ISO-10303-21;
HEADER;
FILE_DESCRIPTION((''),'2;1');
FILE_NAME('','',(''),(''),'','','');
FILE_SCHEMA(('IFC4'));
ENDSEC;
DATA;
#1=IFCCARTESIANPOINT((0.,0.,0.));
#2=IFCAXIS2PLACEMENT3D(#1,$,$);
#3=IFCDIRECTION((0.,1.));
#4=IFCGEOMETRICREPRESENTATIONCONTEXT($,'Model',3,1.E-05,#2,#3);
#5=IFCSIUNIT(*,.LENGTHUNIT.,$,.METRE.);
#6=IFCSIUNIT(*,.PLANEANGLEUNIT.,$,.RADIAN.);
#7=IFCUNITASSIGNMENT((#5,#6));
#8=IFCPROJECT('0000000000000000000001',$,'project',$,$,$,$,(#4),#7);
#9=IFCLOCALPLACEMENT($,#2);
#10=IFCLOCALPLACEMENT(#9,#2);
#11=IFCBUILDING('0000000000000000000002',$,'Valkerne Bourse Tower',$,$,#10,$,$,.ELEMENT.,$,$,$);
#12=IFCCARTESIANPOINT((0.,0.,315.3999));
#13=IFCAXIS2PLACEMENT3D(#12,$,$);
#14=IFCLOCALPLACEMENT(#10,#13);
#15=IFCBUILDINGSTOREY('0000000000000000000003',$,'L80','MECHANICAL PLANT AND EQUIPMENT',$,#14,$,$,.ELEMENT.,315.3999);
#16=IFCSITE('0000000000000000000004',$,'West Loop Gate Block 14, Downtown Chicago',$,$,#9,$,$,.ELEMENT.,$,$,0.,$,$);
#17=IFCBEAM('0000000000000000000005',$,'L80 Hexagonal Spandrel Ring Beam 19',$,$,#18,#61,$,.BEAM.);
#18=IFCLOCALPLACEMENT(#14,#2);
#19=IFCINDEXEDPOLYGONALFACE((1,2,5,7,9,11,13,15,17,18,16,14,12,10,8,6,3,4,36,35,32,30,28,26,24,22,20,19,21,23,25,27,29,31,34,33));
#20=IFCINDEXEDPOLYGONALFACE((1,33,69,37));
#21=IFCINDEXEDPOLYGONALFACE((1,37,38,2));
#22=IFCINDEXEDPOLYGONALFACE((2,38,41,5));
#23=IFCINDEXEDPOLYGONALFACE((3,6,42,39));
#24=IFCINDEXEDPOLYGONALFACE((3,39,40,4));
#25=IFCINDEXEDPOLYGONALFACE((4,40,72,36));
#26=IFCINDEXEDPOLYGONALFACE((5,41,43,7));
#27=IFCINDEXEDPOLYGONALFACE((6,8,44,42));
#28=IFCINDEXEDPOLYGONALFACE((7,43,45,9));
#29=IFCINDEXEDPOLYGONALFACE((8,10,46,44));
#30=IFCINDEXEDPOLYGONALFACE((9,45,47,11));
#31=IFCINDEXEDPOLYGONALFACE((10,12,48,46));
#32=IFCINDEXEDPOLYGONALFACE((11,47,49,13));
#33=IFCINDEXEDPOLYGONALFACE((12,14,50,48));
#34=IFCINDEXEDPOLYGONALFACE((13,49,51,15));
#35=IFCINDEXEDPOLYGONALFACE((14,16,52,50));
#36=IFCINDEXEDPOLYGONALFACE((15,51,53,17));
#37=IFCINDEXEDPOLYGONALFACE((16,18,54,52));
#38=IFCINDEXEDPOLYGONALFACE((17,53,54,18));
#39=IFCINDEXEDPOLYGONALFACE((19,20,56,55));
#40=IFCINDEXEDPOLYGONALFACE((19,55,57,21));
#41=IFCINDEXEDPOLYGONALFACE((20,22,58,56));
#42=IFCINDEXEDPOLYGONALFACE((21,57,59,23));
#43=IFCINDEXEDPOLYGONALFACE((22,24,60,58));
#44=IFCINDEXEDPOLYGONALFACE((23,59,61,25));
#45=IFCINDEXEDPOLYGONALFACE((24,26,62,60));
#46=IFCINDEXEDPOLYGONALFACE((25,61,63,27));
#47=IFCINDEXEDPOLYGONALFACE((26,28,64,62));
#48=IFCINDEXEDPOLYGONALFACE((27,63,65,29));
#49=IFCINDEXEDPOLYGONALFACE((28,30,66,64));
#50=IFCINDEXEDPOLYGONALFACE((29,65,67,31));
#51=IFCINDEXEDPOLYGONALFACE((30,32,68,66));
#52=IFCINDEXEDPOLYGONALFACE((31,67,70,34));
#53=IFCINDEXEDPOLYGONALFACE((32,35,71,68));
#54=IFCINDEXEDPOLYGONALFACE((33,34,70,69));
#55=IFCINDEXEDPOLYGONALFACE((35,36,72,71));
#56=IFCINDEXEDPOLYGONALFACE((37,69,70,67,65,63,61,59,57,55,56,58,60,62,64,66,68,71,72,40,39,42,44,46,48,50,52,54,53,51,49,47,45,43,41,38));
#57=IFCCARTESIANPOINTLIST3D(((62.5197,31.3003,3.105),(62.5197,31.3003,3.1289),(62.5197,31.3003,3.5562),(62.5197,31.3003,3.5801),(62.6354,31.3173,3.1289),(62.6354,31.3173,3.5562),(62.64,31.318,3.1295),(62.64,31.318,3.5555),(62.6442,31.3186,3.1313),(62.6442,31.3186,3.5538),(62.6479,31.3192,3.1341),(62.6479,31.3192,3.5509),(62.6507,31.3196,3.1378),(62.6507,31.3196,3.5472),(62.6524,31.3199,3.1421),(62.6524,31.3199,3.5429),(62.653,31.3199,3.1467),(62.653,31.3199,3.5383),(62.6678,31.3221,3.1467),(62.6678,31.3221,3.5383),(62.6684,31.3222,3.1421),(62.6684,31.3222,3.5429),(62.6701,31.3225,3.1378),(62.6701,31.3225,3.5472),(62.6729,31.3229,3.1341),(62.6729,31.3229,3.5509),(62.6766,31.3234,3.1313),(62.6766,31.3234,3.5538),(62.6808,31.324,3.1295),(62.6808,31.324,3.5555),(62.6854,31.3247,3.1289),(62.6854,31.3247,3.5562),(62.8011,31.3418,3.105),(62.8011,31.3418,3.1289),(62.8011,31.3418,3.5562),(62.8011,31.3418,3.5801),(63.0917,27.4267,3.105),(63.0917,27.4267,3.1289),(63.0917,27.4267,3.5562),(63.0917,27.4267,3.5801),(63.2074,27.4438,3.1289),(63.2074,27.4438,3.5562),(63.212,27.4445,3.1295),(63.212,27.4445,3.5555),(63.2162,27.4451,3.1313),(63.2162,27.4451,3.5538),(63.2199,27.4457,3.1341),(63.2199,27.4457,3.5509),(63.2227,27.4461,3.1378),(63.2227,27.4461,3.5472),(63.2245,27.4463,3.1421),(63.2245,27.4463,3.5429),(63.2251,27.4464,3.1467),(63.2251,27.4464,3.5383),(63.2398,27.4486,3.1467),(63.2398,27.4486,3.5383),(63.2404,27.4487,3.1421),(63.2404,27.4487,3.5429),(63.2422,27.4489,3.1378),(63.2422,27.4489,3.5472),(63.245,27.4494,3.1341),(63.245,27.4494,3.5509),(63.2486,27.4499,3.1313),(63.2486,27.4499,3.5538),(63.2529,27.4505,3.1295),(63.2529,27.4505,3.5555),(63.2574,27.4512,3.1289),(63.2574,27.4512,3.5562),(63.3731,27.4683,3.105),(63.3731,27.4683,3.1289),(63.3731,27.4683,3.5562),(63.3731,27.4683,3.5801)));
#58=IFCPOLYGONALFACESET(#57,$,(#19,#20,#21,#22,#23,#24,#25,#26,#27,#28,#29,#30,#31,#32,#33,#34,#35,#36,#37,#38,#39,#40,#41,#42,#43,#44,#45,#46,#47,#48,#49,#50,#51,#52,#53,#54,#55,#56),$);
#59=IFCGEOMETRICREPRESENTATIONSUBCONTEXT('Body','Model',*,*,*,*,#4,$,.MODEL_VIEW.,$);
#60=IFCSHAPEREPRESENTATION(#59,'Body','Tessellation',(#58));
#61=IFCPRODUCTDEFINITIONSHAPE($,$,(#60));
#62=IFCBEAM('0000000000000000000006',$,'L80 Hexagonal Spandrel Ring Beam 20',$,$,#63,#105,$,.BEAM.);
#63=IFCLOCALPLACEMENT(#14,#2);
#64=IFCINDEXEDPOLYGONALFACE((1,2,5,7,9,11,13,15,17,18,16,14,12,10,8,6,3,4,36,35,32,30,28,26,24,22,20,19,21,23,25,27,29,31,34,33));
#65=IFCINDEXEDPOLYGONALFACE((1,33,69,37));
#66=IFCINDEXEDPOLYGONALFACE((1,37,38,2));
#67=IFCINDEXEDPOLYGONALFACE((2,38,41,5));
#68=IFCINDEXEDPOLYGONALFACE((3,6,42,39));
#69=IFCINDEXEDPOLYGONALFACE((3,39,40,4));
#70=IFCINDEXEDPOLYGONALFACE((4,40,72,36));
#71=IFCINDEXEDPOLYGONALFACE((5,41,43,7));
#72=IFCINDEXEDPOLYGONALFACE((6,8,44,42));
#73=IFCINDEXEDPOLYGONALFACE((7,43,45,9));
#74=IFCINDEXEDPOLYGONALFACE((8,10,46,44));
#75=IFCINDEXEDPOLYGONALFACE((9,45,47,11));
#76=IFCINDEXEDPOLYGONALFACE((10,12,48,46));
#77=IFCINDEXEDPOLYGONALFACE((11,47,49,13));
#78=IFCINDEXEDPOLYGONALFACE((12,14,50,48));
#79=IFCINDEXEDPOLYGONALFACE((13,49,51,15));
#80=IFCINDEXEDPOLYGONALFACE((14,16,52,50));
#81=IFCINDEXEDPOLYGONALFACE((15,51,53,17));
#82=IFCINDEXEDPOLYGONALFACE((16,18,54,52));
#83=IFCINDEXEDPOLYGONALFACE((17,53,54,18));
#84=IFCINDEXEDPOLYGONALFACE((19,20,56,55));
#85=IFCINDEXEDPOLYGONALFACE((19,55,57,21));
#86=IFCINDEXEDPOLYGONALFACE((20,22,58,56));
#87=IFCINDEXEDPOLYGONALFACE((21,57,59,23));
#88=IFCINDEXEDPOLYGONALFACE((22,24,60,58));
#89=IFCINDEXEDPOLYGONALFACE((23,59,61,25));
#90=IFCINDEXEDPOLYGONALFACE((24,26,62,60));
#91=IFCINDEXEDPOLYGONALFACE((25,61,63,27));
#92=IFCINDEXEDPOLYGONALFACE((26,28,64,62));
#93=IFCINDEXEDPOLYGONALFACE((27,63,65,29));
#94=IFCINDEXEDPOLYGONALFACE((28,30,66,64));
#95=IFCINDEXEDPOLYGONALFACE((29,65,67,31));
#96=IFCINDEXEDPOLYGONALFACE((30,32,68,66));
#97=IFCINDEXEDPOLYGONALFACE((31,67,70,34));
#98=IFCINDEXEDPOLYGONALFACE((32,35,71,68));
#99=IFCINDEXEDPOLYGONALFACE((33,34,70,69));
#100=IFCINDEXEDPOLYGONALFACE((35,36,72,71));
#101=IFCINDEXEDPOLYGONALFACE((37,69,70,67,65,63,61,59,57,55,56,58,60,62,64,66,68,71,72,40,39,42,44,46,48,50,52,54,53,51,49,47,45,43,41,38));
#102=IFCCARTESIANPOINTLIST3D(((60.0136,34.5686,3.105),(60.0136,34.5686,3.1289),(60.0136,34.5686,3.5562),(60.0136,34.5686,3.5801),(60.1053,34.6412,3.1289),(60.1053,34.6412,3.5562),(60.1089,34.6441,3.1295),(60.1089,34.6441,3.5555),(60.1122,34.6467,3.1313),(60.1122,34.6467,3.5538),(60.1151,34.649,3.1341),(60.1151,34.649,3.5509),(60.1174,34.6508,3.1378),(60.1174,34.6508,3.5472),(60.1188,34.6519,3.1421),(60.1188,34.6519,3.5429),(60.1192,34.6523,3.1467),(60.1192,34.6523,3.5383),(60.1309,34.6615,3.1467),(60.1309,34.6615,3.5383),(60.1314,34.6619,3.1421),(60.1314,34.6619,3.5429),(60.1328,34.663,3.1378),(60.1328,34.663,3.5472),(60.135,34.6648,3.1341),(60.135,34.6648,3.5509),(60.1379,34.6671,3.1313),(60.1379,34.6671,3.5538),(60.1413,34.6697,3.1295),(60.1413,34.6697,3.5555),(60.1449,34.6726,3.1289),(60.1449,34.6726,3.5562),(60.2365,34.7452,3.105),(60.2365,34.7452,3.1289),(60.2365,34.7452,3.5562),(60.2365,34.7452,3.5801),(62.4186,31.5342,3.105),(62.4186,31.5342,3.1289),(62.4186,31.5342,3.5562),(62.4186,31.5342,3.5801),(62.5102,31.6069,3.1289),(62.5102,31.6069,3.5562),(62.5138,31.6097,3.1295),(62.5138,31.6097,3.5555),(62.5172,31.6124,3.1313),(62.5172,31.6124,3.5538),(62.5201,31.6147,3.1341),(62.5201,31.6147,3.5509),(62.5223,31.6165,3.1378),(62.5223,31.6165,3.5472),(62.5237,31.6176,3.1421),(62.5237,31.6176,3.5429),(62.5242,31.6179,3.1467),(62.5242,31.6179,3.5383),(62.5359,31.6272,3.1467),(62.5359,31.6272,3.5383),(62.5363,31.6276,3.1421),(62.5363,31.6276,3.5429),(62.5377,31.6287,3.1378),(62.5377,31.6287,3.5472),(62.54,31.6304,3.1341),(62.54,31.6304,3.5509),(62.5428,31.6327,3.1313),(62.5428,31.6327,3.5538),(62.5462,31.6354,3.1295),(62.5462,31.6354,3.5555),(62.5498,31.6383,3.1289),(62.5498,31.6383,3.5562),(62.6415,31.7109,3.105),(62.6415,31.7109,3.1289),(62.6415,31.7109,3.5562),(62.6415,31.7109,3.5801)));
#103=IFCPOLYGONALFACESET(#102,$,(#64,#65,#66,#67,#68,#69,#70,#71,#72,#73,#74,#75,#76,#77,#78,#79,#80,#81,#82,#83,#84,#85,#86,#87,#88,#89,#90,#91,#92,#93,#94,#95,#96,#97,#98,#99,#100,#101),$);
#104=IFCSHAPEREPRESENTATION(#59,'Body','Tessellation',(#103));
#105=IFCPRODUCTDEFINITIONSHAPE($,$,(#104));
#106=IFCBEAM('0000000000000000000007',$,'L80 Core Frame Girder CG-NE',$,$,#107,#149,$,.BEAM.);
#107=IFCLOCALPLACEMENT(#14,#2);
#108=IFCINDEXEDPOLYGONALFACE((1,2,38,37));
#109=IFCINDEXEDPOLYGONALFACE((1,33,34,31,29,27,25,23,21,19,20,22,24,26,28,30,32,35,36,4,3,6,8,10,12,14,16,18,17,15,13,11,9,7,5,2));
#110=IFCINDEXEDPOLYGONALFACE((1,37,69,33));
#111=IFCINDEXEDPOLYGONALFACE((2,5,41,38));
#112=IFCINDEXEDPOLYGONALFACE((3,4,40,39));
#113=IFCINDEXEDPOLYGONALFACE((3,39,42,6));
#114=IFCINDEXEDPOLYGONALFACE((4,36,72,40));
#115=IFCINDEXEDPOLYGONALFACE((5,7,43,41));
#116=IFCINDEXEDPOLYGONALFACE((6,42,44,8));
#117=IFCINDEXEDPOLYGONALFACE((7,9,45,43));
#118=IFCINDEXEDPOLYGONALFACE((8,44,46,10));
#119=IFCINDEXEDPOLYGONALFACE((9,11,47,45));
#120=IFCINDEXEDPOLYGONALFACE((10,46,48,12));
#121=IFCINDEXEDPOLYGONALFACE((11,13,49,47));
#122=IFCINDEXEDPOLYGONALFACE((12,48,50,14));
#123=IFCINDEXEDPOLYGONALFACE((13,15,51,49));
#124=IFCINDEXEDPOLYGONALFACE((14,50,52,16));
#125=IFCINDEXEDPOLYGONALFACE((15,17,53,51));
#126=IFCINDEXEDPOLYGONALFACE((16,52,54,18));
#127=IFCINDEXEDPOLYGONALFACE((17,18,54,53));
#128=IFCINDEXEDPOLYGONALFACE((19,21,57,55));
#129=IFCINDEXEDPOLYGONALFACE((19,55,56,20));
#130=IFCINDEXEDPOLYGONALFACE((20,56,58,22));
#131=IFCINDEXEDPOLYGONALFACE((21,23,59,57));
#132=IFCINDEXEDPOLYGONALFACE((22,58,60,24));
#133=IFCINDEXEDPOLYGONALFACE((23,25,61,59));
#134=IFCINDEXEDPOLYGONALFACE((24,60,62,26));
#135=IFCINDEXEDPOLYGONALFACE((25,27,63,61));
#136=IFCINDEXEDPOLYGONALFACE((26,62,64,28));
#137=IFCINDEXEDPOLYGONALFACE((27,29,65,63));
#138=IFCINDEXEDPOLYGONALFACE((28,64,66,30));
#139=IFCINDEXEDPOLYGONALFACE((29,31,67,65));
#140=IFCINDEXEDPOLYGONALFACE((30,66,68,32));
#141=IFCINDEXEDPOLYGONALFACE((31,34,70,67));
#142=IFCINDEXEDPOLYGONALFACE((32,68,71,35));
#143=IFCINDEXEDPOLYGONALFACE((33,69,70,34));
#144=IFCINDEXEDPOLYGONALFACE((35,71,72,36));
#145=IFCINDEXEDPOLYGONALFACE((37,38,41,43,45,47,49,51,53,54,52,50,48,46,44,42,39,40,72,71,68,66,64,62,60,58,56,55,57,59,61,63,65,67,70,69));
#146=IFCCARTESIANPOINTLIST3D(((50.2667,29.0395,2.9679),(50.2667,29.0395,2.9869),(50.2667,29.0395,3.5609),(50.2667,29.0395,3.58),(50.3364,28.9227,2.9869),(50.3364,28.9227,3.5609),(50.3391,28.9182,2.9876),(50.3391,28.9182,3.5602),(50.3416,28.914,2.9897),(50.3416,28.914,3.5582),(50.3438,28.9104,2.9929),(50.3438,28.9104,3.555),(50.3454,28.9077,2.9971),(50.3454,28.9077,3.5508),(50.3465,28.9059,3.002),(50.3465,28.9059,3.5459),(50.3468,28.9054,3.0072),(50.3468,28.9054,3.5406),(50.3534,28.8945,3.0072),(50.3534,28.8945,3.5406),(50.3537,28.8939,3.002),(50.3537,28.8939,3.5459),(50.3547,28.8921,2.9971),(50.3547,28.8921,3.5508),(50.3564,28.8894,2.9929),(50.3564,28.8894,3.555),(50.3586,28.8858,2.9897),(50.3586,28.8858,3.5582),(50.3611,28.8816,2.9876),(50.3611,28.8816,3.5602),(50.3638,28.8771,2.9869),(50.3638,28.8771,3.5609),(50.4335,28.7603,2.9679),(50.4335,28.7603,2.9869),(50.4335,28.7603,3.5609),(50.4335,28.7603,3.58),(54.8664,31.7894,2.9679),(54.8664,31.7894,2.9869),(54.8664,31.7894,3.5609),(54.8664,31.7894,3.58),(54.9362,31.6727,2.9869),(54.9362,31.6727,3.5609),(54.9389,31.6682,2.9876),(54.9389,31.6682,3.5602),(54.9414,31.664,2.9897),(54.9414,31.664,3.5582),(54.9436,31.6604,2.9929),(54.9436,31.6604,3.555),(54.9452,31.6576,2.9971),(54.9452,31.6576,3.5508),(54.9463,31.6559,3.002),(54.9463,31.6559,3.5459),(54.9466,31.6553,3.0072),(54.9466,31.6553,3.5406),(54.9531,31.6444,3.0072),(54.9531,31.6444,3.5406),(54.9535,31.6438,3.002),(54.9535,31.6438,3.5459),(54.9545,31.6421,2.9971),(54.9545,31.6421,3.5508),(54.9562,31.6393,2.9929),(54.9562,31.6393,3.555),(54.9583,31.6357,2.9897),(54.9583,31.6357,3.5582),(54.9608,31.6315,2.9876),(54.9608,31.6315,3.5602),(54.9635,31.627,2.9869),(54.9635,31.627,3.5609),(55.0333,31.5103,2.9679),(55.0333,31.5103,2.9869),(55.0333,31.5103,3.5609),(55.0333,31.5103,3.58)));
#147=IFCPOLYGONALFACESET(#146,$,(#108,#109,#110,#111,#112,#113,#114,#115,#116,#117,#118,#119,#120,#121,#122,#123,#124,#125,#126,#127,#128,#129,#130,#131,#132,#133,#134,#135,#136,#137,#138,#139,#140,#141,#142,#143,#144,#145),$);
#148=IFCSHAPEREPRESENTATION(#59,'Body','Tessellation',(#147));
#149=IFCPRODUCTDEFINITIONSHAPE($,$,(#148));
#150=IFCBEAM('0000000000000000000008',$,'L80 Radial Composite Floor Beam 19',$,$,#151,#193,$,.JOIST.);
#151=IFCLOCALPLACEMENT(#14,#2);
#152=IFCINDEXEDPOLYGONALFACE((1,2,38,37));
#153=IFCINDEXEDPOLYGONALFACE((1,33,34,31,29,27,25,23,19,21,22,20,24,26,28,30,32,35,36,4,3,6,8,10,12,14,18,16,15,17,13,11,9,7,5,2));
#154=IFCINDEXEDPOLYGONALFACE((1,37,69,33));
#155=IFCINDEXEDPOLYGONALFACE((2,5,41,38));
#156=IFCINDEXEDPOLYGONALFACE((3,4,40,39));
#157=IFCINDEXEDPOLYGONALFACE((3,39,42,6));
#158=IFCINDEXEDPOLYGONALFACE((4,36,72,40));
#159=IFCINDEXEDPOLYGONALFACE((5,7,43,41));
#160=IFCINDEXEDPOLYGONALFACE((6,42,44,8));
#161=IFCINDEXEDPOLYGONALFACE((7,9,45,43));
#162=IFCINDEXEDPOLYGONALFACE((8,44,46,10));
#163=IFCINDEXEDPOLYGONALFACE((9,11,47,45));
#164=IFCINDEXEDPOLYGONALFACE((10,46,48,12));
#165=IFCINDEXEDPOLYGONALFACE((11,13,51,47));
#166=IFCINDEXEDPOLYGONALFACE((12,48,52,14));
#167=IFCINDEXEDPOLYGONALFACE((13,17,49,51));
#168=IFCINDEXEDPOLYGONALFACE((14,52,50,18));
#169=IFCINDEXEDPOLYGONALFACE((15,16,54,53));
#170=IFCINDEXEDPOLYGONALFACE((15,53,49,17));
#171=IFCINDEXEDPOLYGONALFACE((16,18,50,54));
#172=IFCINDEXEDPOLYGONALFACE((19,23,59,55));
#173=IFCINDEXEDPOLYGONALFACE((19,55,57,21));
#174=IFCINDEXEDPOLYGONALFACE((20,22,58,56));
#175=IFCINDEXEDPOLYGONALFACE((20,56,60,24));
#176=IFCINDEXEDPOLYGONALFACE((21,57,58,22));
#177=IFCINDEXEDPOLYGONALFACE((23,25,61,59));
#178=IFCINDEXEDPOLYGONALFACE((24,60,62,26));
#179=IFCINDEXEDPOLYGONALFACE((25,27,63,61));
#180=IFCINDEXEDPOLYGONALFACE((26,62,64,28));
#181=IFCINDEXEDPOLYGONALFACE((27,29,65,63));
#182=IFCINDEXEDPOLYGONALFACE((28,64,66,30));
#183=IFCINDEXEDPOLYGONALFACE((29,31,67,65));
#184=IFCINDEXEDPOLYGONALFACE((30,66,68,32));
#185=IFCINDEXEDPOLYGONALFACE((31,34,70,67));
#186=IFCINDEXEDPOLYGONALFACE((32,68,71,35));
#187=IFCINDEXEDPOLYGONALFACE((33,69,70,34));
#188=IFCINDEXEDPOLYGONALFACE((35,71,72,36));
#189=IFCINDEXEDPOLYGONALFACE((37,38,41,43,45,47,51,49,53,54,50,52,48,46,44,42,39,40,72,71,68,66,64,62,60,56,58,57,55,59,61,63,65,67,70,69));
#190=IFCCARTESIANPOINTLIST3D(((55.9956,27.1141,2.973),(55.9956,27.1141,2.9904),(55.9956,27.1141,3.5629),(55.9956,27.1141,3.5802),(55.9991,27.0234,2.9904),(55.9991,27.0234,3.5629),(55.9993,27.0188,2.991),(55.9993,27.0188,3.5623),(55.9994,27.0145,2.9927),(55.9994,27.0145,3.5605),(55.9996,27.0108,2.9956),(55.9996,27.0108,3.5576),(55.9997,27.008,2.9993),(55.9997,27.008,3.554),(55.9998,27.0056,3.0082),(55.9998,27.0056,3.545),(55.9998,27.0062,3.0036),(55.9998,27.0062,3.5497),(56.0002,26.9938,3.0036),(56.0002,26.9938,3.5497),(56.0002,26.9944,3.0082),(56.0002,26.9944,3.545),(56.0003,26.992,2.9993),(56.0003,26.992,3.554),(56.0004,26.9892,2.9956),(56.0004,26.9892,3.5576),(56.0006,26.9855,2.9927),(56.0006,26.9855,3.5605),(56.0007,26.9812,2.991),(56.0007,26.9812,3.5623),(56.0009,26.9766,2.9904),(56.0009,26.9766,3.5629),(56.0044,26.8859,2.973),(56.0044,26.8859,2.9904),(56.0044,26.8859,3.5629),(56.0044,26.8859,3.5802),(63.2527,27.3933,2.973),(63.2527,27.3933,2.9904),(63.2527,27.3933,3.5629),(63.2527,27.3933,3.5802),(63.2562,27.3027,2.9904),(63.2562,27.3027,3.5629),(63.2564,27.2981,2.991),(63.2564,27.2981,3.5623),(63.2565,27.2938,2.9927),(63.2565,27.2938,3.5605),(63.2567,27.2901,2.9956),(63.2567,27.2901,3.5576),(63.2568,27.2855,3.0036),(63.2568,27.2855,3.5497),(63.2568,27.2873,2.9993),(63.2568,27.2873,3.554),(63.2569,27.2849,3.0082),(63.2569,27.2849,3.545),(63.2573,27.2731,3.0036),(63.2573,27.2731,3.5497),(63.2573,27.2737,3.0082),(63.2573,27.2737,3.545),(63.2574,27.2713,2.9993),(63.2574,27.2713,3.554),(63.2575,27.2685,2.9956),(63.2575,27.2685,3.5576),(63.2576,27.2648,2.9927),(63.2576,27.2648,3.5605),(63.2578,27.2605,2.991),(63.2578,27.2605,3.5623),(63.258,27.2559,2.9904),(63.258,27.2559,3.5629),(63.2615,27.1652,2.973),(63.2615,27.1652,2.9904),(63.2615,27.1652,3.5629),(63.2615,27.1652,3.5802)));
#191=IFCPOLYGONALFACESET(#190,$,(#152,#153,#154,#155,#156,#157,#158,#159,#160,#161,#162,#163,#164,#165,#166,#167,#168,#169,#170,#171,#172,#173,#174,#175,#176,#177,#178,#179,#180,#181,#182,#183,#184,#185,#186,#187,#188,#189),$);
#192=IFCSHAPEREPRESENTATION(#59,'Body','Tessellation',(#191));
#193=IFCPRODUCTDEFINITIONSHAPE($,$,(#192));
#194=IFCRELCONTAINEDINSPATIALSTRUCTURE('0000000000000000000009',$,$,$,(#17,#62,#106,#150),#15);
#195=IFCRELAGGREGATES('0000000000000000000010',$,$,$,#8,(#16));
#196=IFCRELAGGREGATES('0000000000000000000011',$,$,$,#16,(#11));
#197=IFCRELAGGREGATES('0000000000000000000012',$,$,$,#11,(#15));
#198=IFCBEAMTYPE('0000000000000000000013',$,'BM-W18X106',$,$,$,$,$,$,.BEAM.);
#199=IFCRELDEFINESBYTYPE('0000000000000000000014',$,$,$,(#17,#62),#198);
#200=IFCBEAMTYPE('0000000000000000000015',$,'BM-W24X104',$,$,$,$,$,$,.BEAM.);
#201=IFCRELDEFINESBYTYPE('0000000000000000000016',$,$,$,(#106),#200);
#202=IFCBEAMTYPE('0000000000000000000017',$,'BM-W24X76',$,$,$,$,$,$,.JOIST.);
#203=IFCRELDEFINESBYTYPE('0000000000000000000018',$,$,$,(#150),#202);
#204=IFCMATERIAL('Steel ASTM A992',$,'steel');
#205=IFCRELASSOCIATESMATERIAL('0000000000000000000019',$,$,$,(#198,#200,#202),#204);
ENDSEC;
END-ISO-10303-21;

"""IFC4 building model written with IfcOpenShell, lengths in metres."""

from ifc_helpers import new_model, si_unit, direction, frame, origin, origin_2d, place, context, subcontext, project, spatial, i_section, extrude, material, material_profile, profile_set, type_object, element, save


model = new_model("IFC4")

# Units and contexts
model_context = context("Model", 3, precision=1e-05, world=origin(), true_north=direction((0.0, 1.0)))
body_context = subcontext(model_context, "Body", "Model", "MODEL_VIEW")
ifc_project = project(units=[si_unit("LENGTHUNIT", "METRE"), si_unit("PLANEANGLEUNIT", "RADIAN")], contexts=[model_context])

# Site, building, storey
site_placement = place(None, origin())
site = spatial("IfcSite", under=ifc_project, at=site_placement, Name="West Loop Gate Block 14, Downtown Chicago", CompositionType="ELEMENT", RefElevation=0.0)
building_placement = place(site_placement, origin())
building = spatial("IfcBuilding", under=site, at=building_placement, Name="Valkerne Bourse Tower", CompositionType="ELEMENT")
storey_placement = place(building_placement, frame((0.0, 0.0, 315.3999)))
storey = spatial("IfcBuildingStorey", under=building, at=storey_placement, Name="L80", Description="MECHANICAL PLANT AND EQUIPMENT", CompositionType="ELEMENT", Elevation=315.3999)

# Beams
ifc_material_1 = material(Name="Steel ASTM A992", Category="steel")
ifc_material_profile_1 = material_profile(ifc_material_1, i_section(OverallWidth=0.2844, OverallDepth=0.4751, WebThickness=0.0149, FlangeThickness=0.0239, FilletRadius=0.0178, at=origin_2d()), Name="W18X106")
ifc_profile_set_1 = profile_set([ifc_material_profile_1], Name="Steel ASTM A992")
beam_type_1 = type_object("IfcBeamType", Name="BM-W18X106", PredefinedType="BEAM", material=ifc_profile_set_1)
beam_1_placement = place(storey_placement, frame((63.2324, 27.4475, 3.3425), z_axis=(-0.14609, 0.989271, 0.0), x_axis=(-0.989271, -0.14609, 0.0)))
element("IfcBeam", 1, at=beam_1_placement, inside=storey, type_object=beam_type_1, Name="L80 Hexagonal Spandrel Ring Beam 19", PredefinedType="BEAM", context=body_context, shape_type="SweptSolid", body=[
    extrude(i_section(OverallWidth=0.2844, OverallDepth=0.4751, WebThickness=0.0149, FlangeThickness=0.0239, FilletRadius=0.0178, at=origin_2d()), origin(), (0.0, 0.0, 1.0), 3.9155),
])
beam_2_placement = place(storey_placement, frame((62.53, 31.6226, 3.3425), z_axis=(-0.621144, 0.783697, 0.0), x_axis=(-0.783697, -0.621144, 0.0)))
element("IfcBeam", 2, at=beam_2_placement, inside=storey, type_object=beam_type_1, Name="L80 Hexagonal Spandrel Ring Beam 20", PredefinedType="BEAM", context=body_context, shape_type="SweptSolid", body=[
    extrude(i_section(OverallWidth=0.2844, OverallDepth=0.4751, WebThickness=0.0149, FlangeThickness=0.0239, FilletRadius=0.0178, at=origin_2d()), origin(), (0.0, 0.0, 1.0), 3.8718),
])
ifc_material_profile_2 = material_profile(ifc_material_1, i_section(OverallWidth=0.3252, OverallDepth=0.6121, WebThickness=0.0127, FlangeThickness=0.019, FilletRadius=0.0203, at=origin_2d()), Name="W24X104")
ifc_profile_set_2 = profile_set([ifc_material_profile_2], Name="Steel ASTM A992")
beam_type_2 = type_object("IfcBeamType", Name="BM-W24X104", PredefinedType="BEAM", material=ifc_profile_set_2)
beam_3_placement = place(storey_placement, frame((50.3501, 28.8999, 3.2739), z_axis=(0.858308, 0.513135, 0.0), x_axis=(-0.513135, 0.858308, 0.0)))
element("IfcBeam", 3, at=beam_3_placement, inside=storey, type_object=beam_type_2, Name="L80 Core Frame Girder CG-NE", PredefinedType="BEAM", context=body_context, shape_type="SweptSolid", body=[
    extrude(i_section(OverallWidth=0.3252, OverallDepth=0.6121, WebThickness=0.0127, FlangeThickness=0.019, FilletRadius=0.0203, at=origin_2d()), origin(), (0.0, 0.0, 1.0), 5.3591),
])
ifc_material_profile_3 = material_profile(ifc_material_1, i_section(OverallWidth=0.2283, OverallDepth=0.6072, WebThickness=0.0112, FlangeThickness=0.0173, FilletRadius=0.0178, at=origin_2d()), Name="W24X76")
ifc_profile_set_3 = profile_set([ifc_material_profile_3], Name="Steel ASTM A992")
beam_type_3 = type_object("IfcBeamType", Name="BM-W24X76", PredefinedType="JOIST", material=ifc_profile_set_3)
beam_4_placement = place(storey_placement, frame((63.2571, 27.2793, 3.2766), z_axis=(-0.99926, -0.038458, 0.0), x_axis=(0.038458, -0.99926, 0.0)))
element("IfcBeam", 4, at=beam_4_placement, inside=storey, type_object=beam_type_3, Name="L80 Radial Composite Floor Beam 19", PredefinedType="JOIST", context=body_context, shape_type="SweptSolid", body=[
    extrude(i_section(OverallWidth=0.2283, OverallDepth=0.6072, WebThickness=0.0112, FlangeThickness=0.0173, FilletRadius=0.0178, at=origin_2d()), origin(), (0.0, 0.0, 1.0), 7.2625),
])

save(model, "model.ifc")
